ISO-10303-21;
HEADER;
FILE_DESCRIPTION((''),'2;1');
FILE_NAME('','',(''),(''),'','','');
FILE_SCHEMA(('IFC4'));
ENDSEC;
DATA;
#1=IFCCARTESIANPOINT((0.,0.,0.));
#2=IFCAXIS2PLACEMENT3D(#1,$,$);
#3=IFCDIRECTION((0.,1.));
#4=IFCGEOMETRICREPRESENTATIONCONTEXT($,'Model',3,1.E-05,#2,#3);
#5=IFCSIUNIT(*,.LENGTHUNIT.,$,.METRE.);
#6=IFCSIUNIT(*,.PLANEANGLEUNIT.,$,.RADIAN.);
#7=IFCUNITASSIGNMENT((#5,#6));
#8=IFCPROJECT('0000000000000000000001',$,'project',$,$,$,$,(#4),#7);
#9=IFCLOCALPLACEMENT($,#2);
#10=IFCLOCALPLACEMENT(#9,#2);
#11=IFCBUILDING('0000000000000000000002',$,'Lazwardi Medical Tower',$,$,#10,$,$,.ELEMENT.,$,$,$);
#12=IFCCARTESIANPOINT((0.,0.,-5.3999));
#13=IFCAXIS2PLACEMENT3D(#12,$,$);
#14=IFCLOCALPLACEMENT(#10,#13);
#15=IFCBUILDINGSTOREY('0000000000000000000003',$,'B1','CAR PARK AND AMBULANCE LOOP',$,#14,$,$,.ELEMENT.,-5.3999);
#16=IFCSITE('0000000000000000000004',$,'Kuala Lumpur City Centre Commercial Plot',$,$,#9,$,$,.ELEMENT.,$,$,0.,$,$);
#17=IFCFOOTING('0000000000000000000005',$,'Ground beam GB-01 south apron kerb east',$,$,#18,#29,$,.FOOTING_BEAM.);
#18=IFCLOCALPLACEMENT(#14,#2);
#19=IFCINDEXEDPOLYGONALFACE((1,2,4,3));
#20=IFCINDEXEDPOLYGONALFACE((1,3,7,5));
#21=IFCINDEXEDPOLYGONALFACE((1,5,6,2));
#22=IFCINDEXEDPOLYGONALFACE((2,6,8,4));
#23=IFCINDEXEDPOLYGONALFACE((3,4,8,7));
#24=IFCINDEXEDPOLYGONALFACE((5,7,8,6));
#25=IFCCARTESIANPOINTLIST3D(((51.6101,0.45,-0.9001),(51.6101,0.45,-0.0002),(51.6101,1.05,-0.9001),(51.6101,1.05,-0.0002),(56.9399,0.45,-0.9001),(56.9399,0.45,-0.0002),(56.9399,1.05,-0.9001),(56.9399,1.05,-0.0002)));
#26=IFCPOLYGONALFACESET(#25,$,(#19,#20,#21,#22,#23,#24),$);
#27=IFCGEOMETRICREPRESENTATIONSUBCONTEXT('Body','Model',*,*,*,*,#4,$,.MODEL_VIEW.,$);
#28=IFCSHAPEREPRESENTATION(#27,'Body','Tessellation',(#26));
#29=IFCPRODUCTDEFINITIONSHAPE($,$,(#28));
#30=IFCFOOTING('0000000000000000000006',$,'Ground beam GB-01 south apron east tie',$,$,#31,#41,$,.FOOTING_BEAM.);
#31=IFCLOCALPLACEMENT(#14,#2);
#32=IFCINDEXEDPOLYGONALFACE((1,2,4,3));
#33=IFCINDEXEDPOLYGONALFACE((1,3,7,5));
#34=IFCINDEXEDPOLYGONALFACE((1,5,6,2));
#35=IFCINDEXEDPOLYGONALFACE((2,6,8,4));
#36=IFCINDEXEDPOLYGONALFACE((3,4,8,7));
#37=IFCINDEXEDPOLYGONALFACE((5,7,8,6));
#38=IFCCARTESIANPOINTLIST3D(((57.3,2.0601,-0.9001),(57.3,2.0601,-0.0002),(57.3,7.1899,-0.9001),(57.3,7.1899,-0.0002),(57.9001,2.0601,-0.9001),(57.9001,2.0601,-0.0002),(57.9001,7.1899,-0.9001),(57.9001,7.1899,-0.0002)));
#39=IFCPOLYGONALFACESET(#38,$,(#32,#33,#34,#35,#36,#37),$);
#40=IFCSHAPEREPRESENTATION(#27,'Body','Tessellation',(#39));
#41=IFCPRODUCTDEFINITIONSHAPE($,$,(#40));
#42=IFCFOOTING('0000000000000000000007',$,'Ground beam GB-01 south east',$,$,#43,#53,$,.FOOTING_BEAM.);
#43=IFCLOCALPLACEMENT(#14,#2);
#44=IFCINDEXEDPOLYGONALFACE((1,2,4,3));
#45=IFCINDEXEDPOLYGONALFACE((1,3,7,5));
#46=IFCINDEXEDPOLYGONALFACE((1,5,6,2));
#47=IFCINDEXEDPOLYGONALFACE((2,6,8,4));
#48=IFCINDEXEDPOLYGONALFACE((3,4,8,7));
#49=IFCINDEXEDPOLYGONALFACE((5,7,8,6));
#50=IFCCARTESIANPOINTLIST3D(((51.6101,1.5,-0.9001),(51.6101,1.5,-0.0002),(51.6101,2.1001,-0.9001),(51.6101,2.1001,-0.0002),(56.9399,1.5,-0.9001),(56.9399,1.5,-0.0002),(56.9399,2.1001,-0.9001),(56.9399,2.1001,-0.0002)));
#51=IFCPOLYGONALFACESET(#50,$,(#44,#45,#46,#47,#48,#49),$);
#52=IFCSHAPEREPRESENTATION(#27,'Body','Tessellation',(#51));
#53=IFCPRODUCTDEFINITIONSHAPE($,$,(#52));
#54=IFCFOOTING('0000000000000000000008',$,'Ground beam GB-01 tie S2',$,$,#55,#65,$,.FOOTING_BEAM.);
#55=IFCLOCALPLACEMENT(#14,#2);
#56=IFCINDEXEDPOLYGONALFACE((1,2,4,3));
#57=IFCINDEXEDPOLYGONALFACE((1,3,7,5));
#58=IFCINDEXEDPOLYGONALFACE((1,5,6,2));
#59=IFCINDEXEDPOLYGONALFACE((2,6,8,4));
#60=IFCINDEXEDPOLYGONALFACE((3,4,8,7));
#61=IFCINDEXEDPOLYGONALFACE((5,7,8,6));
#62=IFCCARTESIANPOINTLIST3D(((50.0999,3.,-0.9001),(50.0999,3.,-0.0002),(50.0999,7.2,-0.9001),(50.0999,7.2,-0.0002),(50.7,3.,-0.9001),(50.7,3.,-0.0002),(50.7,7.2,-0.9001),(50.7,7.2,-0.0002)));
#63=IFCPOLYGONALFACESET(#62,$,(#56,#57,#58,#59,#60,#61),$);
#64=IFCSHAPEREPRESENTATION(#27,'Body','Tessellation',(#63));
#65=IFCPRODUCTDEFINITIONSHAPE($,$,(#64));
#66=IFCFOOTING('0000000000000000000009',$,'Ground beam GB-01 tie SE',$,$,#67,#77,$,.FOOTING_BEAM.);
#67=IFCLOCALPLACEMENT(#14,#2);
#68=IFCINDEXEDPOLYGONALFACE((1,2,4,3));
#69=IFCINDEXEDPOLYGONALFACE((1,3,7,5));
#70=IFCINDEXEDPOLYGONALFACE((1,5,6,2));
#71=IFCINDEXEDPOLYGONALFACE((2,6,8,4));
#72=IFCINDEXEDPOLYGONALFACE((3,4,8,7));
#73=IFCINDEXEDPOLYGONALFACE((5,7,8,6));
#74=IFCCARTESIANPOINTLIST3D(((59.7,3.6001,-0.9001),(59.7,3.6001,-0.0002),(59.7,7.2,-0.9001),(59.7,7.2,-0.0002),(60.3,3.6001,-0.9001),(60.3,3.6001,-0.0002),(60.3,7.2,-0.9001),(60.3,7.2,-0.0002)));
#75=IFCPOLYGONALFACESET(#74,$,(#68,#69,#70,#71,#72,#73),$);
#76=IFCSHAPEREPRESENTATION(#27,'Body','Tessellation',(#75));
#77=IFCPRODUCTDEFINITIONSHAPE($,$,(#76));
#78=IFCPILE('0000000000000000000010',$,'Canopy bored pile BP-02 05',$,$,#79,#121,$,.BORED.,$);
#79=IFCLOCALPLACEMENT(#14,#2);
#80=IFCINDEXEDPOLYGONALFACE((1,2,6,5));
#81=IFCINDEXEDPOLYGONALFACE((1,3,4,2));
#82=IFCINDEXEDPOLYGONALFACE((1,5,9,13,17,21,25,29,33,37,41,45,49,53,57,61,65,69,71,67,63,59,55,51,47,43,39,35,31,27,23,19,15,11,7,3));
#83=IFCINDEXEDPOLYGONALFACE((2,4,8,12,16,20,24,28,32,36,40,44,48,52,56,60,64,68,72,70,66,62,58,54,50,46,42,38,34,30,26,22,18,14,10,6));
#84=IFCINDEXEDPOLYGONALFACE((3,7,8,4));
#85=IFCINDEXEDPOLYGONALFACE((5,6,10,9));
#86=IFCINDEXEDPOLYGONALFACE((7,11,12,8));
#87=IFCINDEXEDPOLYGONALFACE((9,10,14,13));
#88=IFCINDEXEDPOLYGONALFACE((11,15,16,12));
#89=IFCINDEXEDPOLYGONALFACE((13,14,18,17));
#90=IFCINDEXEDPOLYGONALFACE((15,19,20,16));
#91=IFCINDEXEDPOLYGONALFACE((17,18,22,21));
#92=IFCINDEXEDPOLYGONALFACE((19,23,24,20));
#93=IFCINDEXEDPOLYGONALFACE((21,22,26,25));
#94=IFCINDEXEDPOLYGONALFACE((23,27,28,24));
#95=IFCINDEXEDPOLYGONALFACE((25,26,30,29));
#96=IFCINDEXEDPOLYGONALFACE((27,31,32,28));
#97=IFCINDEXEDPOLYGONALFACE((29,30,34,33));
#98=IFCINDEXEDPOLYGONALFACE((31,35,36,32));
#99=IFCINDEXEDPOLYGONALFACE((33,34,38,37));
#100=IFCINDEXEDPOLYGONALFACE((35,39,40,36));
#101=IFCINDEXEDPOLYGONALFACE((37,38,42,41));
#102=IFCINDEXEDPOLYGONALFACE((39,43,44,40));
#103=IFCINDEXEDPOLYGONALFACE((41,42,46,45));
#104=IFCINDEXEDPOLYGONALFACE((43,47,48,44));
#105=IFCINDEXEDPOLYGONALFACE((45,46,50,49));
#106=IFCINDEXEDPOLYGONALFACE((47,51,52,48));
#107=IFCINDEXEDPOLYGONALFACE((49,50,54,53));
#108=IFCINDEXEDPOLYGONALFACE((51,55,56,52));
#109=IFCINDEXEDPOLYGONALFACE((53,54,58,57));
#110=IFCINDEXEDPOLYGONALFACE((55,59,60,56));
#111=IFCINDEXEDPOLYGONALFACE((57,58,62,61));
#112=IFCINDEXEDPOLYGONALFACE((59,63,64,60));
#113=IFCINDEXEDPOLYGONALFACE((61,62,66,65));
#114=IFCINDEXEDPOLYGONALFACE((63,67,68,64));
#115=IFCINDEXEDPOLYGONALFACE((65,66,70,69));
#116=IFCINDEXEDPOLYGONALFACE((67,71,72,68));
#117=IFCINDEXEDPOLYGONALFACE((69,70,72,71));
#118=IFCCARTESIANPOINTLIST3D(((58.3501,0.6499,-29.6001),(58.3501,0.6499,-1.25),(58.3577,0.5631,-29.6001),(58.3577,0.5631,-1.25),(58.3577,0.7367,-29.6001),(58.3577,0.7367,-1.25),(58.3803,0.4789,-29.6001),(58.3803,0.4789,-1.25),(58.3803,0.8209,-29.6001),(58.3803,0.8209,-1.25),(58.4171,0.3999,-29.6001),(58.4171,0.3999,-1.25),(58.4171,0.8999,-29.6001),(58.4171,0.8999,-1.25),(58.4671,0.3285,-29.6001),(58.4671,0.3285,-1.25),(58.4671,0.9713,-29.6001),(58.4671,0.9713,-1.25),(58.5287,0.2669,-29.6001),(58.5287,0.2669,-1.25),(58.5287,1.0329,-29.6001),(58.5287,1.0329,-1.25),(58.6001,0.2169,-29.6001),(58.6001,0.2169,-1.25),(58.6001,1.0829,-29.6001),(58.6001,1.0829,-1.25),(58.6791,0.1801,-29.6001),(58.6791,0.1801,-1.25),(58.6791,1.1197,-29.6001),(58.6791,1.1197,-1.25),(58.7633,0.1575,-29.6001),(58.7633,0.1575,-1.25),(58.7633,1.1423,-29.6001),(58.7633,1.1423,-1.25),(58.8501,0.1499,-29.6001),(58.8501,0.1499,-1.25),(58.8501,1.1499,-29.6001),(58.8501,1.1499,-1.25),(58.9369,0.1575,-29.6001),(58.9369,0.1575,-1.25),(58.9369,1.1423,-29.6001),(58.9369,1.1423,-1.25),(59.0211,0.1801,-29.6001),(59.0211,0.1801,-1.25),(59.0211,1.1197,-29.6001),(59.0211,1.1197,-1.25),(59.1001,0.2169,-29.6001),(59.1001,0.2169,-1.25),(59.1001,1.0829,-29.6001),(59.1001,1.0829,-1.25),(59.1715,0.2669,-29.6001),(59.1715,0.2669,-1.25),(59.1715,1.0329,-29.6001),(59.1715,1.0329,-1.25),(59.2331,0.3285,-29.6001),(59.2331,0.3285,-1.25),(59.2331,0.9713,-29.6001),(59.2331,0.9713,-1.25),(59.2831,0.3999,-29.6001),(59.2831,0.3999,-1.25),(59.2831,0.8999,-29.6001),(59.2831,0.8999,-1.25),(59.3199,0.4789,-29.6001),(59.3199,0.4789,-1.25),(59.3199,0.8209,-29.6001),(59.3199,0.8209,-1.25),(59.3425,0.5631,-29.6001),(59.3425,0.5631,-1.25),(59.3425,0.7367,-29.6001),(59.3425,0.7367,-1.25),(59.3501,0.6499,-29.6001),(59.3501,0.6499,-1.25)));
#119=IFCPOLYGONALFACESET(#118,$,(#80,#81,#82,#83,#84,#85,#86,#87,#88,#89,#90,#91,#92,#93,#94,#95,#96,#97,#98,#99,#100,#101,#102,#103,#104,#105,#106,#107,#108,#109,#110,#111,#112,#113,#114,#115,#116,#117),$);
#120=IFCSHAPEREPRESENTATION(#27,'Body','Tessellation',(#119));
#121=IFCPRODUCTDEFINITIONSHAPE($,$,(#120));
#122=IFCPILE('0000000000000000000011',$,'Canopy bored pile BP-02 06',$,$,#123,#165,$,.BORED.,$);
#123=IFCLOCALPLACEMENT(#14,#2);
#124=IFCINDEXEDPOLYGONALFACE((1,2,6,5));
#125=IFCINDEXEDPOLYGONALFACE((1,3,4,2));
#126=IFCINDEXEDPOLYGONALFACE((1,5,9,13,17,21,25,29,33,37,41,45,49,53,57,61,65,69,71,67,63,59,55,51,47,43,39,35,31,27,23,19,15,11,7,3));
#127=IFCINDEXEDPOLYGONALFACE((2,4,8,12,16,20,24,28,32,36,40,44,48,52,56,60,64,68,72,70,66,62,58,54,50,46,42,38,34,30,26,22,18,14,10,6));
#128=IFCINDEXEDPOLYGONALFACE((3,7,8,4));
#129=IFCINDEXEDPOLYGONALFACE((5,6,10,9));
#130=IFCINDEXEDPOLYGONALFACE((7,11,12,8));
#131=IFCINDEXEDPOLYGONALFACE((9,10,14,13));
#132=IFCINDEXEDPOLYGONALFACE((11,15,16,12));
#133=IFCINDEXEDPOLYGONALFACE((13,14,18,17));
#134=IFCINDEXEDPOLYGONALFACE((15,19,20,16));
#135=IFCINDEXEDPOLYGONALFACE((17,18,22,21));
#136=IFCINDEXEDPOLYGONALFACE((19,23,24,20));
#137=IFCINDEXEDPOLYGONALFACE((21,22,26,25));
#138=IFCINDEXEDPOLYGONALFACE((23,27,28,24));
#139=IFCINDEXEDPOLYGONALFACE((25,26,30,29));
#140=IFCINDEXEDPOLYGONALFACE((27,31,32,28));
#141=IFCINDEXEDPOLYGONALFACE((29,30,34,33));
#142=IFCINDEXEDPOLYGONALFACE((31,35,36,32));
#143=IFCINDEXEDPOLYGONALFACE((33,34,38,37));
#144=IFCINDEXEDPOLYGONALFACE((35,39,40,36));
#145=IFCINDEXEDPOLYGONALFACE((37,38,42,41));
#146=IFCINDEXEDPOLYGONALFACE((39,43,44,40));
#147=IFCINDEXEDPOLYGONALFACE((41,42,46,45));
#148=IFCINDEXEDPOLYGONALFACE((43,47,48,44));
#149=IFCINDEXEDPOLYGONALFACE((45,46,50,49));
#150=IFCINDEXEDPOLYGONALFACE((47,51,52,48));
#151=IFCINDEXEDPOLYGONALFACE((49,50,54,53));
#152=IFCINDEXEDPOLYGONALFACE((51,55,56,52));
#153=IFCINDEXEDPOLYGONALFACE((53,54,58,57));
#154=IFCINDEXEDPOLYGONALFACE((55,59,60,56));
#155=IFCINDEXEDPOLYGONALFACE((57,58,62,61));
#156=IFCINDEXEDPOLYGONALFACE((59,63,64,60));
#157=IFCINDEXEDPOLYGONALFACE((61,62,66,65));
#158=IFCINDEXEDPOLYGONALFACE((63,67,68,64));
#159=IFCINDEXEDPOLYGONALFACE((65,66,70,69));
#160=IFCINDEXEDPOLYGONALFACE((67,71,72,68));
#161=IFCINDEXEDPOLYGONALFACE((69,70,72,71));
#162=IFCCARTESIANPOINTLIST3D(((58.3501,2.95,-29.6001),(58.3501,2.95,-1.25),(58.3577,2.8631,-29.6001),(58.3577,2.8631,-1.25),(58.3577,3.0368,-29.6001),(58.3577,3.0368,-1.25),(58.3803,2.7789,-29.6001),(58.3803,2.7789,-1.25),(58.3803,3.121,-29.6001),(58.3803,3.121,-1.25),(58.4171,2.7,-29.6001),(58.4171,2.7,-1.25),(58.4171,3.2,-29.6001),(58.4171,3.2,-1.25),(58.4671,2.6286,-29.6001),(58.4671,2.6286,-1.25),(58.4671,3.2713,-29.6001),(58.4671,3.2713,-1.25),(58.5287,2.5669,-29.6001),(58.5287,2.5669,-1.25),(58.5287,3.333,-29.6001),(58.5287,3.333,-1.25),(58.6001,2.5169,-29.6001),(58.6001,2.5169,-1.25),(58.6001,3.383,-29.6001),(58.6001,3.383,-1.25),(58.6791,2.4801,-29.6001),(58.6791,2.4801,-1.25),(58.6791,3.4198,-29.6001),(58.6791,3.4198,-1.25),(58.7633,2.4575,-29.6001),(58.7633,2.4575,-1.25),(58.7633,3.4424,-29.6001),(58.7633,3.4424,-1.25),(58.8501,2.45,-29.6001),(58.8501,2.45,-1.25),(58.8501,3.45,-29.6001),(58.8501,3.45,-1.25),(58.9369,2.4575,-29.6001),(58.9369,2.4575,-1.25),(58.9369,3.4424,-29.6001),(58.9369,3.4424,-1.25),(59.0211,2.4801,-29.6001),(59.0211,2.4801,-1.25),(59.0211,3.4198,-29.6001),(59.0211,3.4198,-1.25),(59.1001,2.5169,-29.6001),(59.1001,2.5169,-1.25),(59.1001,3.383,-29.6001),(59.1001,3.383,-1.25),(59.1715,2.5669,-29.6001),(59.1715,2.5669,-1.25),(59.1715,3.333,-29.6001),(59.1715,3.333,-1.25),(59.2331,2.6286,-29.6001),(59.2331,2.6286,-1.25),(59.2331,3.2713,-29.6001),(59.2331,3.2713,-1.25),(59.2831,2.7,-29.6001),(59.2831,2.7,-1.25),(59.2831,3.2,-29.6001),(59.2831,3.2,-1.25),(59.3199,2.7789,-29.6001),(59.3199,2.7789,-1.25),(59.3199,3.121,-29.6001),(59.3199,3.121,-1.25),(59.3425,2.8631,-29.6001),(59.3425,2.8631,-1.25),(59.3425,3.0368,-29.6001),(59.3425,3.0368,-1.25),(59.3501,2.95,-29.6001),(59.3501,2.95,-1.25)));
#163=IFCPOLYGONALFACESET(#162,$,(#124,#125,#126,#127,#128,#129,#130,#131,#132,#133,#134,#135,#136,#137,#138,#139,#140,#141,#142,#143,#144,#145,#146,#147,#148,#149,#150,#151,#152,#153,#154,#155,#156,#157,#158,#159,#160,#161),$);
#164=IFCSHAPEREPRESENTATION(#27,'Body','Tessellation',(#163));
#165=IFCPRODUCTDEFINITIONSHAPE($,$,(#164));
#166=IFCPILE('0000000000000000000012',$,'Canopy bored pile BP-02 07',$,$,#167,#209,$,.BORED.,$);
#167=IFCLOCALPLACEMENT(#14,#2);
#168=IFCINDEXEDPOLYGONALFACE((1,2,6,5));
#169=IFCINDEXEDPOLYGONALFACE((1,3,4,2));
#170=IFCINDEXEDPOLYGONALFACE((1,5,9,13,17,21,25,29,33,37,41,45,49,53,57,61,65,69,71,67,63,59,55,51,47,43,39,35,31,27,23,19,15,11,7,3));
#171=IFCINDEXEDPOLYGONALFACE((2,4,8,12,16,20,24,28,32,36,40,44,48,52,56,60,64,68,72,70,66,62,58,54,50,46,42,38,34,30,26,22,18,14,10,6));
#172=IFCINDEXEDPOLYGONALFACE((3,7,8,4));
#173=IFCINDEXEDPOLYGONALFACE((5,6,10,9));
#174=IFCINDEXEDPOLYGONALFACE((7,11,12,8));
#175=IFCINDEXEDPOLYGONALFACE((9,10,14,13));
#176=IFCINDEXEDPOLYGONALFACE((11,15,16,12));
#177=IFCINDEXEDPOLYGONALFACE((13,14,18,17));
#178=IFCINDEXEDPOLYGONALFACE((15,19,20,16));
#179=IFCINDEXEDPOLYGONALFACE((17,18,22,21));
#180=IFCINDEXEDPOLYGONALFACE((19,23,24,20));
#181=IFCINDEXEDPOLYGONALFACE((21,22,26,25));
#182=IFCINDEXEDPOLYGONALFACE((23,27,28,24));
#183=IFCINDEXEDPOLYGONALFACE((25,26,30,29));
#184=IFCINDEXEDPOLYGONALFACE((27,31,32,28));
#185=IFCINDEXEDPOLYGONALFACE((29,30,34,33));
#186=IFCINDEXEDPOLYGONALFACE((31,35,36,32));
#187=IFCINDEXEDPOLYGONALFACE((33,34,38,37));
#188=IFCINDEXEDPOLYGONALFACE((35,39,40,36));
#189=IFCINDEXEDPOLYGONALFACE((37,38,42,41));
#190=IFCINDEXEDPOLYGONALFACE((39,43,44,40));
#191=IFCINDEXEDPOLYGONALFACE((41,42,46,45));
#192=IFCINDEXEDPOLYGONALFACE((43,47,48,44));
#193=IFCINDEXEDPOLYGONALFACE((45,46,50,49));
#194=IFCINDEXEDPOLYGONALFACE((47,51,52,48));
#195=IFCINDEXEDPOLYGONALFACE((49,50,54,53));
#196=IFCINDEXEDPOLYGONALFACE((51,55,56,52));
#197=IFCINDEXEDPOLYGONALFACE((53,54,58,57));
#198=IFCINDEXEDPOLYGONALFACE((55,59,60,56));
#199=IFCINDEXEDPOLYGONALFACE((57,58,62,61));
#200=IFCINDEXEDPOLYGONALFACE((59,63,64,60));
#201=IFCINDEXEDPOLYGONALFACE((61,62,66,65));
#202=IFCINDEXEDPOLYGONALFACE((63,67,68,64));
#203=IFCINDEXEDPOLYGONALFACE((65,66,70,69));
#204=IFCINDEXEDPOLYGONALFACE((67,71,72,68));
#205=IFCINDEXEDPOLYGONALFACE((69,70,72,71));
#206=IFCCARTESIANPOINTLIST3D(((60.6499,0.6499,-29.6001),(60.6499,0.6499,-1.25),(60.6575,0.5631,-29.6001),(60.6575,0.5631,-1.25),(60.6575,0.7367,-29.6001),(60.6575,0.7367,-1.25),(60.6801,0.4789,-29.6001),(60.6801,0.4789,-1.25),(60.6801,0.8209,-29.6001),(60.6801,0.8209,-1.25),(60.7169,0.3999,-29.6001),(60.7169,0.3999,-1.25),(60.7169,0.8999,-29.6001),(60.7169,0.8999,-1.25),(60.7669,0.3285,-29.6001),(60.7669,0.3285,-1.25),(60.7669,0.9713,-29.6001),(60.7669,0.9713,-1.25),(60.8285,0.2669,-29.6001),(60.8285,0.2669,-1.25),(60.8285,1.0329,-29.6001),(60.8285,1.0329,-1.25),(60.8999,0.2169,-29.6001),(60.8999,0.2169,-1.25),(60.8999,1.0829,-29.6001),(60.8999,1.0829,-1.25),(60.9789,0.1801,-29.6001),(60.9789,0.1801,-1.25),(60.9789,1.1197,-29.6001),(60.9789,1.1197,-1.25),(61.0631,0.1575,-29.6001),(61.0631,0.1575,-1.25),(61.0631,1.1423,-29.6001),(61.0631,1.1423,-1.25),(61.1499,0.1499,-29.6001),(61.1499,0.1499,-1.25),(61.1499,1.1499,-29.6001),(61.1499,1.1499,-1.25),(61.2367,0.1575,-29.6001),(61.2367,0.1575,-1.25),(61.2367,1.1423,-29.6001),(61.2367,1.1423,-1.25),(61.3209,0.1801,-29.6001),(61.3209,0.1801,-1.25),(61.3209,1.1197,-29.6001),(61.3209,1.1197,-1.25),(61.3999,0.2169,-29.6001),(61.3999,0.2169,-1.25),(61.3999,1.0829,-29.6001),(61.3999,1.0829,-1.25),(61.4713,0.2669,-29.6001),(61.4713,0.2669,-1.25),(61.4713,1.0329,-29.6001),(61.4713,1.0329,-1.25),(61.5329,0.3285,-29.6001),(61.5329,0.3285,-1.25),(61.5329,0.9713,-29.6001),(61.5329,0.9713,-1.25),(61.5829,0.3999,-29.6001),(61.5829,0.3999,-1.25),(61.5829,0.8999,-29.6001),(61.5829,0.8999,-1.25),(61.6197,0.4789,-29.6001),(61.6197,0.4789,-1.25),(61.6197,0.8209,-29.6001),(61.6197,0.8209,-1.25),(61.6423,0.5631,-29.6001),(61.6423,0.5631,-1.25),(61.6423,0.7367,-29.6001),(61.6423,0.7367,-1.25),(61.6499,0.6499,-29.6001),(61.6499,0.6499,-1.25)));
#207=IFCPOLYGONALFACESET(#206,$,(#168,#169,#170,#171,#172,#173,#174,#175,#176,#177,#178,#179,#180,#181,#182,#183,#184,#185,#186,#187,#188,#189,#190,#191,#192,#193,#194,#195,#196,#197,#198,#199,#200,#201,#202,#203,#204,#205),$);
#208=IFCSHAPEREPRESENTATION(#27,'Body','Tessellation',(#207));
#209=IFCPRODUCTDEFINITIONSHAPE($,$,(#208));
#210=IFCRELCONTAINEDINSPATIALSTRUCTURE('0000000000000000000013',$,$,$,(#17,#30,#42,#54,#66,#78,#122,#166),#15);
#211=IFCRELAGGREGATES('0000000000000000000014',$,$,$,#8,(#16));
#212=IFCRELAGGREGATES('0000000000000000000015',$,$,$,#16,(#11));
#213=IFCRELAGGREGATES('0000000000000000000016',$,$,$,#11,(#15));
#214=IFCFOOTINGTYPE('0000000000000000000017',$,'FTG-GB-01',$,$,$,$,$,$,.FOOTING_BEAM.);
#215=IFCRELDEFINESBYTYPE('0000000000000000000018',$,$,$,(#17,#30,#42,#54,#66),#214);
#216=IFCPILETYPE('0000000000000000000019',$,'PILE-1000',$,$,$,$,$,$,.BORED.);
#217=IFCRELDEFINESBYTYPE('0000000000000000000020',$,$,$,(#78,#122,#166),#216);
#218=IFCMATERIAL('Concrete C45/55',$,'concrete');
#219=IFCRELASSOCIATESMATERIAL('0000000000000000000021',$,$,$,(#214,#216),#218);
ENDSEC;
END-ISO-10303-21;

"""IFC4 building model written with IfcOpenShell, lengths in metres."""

from ifc_helpers import new_model, si_unit, direction, frame, origin, origin_2d, place, context, subcontext, project, spatial, rectangle, circle, extrude, material, material_profile, profile_set, type_object, element, save


model = new_model("IFC4")

# Units and contexts
model_context = context("Model", 3, precision=1e-05, world=origin(), true_north=direction((0.0, 1.0)))
body_context = subcontext(model_context, "Body", "Model", "MODEL_VIEW")
ifc_project = project(units=[si_unit("LENGTHUNIT", "METRE"), si_unit("PLANEANGLEUNIT", "RADIAN")], contexts=[model_context])

# Site, building, storey
site_placement = place(None, origin())
site = spatial("IfcSite", under=ifc_project, at=site_placement, Name="Kuala Lumpur City Centre Commercial Plot", CompositionType="ELEMENT", RefElevation=0.0)
building_placement = place(site_placement, origin())
building = spatial("IfcBuilding", under=site, at=building_placement, Name="Lazwardi Medical Tower", CompositionType="ELEMENT")
storey_placement = place(building_placement, frame((0.0, 0.0, -5.3999)))
storey = spatial("IfcBuildingStorey", under=building, at=storey_placement, Name="B1", Description="CAR PARK AND AMBULANCE LOOP", CompositionType="ELEMENT", Elevation=-5.3999)

# Footings
ifc_material_1 = material(Name="Concrete C45/55", Category="concrete")
ifc_material_profile_1 = material_profile(ifc_material_1, rectangle(XDim=0.6001, YDim=0.8999, at=origin_2d()), Name="RC-GB 600x900")
ifc_profile_set_1 = profile_set([ifc_material_profile_1], Name="Concrete C45/55")
footing_type = type_object("IfcFootingType", Name="FTG-GB-01", PredefinedType="FOOTING_BEAM", material=ifc_profile_set_1)
footing_1_placement = place(storey_placement, frame((51.6101, 0.75, -0.4502), z_axis=(1.0, 0.0, 0.0), x_axis=(0.0, 1.0, 0.0)))
element("IfcFooting", 1, at=footing_1_placement, inside=storey, type_object=footing_type, Name="Ground beam GB-01 south apron kerb east", PredefinedType="FOOTING_BEAM", context=body_context, shape_type="SweptSolid", body=[
    extrude(rectangle(XDim=0.6001, YDim=0.8999, at=origin_2d()), origin(), (0.0, 0.0, 1.0), 5.3298),
])
footing_2_placement = place(storey_placement, frame((57.6001, 2.0601, -0.4502), z_axis=(0.0, 1.0, 0.0), x_axis=(-1.0, 0.0, 0.0)))
element("IfcFooting", 2, at=footing_2_placement, inside=storey, type_object=footing_type, Name="Ground beam GB-01 south apron east tie", PredefinedType="FOOTING_BEAM", context=body_context, shape_type="SweptSolid", body=[
    extrude(rectangle(XDim=0.6001, YDim=0.8999, at=origin_2d()), origin(), (0.0, 0.0, 1.0), 5.1299),
])
footing_3_placement = place(storey_placement, frame((51.6101, 1.8, -0.4502), z_axis=(1.0, 0.0, 0.0), x_axis=(0.0, 1.0, 0.0)))
element("IfcFooting", 3, at=footing_3_placement, inside=storey, type_object=footing_type, Name="Ground beam GB-01 south east", PredefinedType="FOOTING_BEAM", context=body_context, shape_type="SweptSolid", body=[
    extrude(rectangle(XDim=0.6001, YDim=0.8999, at=origin_2d()), origin(), (0.0, 0.0, 1.0), 5.3298),
])
footing_4_placement = place(storey_placement, frame((50.3999, 3.0, -0.4502), z_axis=(0.0, 1.0, 0.0), x_axis=(-1.0, 0.0, 0.0)))
element("IfcFooting", 4, at=footing_4_placement, inside=storey, type_object=footing_type, Name="Ground beam GB-01 tie S2", PredefinedType="FOOTING_BEAM", context=body_context, shape_type="SweptSolid", body=[
    extrude(rectangle(XDim=0.6001, YDim=0.8999, at=origin_2d()), origin(), (0.0, 0.0, 1.0), 4.2),
])
footing_5_placement = place(storey_placement, frame((60.0, 3.6001, -0.4502), z_axis=(0.0, 1.0, 0.0), x_axis=(-1.0, 0.0, 0.0)))
element("IfcFooting", 5, at=footing_5_placement, inside=storey, type_object=footing_type, Name="Ground beam GB-01 tie SE", PredefinedType="FOOTING_BEAM", context=body_context, shape_type="SweptSolid", body=[
    extrude(rectangle(XDim=0.6001, YDim=0.8999, at=origin_2d()), origin(), (0.0, 0.0, 1.0), 3.5999),
])

# Piles
ifc_material_profile_2 = material_profile(ifc_material_1, circle(Radius=0.5, at=origin_2d()), Name="BORED PILE D1000")
ifc_profile_set_2 = profile_set([ifc_material_profile_2], Name="Concrete C45/55")
pile_type_1 = type_object("IfcPileType", Name="PILE-1000", PredefinedType="BORED", material=ifc_profile_set_2)
for number, where, z_axis, x_axis, name in (
    (6, (58.8501, 0.6499, -1.25), (0.0, 0.0, -1.0), (1.0, 0.0, 0.0), "Canopy bored pile BP-02 05"),
    (7, (58.8501, 2.95, -1.25), (0.0, 0.0, -1.0), (1.0, 0.0, 0.0), "Canopy bored pile BP-02 06"),
    (8, (61.1499, 0.6499, -1.25), (0.0, 0.0, -1.0), (1.0, 0.0, 0.0), "Canopy bored pile BP-02 07"),
):
    element("IfcPile", number, at=place(storey_placement, frame(where, z_axis=z_axis, x_axis=x_axis)), inside=storey, type_object=pile_type_1, Name=name, PredefinedType="BORED", context=body_context, shape_type="SweptSolid", body=[
        extrude(circle(Radius=0.5, at=origin_2d()), origin(), (0.0, 0.0, 1.0), 28.3501),
    ])

save(model, "model.ifc")
